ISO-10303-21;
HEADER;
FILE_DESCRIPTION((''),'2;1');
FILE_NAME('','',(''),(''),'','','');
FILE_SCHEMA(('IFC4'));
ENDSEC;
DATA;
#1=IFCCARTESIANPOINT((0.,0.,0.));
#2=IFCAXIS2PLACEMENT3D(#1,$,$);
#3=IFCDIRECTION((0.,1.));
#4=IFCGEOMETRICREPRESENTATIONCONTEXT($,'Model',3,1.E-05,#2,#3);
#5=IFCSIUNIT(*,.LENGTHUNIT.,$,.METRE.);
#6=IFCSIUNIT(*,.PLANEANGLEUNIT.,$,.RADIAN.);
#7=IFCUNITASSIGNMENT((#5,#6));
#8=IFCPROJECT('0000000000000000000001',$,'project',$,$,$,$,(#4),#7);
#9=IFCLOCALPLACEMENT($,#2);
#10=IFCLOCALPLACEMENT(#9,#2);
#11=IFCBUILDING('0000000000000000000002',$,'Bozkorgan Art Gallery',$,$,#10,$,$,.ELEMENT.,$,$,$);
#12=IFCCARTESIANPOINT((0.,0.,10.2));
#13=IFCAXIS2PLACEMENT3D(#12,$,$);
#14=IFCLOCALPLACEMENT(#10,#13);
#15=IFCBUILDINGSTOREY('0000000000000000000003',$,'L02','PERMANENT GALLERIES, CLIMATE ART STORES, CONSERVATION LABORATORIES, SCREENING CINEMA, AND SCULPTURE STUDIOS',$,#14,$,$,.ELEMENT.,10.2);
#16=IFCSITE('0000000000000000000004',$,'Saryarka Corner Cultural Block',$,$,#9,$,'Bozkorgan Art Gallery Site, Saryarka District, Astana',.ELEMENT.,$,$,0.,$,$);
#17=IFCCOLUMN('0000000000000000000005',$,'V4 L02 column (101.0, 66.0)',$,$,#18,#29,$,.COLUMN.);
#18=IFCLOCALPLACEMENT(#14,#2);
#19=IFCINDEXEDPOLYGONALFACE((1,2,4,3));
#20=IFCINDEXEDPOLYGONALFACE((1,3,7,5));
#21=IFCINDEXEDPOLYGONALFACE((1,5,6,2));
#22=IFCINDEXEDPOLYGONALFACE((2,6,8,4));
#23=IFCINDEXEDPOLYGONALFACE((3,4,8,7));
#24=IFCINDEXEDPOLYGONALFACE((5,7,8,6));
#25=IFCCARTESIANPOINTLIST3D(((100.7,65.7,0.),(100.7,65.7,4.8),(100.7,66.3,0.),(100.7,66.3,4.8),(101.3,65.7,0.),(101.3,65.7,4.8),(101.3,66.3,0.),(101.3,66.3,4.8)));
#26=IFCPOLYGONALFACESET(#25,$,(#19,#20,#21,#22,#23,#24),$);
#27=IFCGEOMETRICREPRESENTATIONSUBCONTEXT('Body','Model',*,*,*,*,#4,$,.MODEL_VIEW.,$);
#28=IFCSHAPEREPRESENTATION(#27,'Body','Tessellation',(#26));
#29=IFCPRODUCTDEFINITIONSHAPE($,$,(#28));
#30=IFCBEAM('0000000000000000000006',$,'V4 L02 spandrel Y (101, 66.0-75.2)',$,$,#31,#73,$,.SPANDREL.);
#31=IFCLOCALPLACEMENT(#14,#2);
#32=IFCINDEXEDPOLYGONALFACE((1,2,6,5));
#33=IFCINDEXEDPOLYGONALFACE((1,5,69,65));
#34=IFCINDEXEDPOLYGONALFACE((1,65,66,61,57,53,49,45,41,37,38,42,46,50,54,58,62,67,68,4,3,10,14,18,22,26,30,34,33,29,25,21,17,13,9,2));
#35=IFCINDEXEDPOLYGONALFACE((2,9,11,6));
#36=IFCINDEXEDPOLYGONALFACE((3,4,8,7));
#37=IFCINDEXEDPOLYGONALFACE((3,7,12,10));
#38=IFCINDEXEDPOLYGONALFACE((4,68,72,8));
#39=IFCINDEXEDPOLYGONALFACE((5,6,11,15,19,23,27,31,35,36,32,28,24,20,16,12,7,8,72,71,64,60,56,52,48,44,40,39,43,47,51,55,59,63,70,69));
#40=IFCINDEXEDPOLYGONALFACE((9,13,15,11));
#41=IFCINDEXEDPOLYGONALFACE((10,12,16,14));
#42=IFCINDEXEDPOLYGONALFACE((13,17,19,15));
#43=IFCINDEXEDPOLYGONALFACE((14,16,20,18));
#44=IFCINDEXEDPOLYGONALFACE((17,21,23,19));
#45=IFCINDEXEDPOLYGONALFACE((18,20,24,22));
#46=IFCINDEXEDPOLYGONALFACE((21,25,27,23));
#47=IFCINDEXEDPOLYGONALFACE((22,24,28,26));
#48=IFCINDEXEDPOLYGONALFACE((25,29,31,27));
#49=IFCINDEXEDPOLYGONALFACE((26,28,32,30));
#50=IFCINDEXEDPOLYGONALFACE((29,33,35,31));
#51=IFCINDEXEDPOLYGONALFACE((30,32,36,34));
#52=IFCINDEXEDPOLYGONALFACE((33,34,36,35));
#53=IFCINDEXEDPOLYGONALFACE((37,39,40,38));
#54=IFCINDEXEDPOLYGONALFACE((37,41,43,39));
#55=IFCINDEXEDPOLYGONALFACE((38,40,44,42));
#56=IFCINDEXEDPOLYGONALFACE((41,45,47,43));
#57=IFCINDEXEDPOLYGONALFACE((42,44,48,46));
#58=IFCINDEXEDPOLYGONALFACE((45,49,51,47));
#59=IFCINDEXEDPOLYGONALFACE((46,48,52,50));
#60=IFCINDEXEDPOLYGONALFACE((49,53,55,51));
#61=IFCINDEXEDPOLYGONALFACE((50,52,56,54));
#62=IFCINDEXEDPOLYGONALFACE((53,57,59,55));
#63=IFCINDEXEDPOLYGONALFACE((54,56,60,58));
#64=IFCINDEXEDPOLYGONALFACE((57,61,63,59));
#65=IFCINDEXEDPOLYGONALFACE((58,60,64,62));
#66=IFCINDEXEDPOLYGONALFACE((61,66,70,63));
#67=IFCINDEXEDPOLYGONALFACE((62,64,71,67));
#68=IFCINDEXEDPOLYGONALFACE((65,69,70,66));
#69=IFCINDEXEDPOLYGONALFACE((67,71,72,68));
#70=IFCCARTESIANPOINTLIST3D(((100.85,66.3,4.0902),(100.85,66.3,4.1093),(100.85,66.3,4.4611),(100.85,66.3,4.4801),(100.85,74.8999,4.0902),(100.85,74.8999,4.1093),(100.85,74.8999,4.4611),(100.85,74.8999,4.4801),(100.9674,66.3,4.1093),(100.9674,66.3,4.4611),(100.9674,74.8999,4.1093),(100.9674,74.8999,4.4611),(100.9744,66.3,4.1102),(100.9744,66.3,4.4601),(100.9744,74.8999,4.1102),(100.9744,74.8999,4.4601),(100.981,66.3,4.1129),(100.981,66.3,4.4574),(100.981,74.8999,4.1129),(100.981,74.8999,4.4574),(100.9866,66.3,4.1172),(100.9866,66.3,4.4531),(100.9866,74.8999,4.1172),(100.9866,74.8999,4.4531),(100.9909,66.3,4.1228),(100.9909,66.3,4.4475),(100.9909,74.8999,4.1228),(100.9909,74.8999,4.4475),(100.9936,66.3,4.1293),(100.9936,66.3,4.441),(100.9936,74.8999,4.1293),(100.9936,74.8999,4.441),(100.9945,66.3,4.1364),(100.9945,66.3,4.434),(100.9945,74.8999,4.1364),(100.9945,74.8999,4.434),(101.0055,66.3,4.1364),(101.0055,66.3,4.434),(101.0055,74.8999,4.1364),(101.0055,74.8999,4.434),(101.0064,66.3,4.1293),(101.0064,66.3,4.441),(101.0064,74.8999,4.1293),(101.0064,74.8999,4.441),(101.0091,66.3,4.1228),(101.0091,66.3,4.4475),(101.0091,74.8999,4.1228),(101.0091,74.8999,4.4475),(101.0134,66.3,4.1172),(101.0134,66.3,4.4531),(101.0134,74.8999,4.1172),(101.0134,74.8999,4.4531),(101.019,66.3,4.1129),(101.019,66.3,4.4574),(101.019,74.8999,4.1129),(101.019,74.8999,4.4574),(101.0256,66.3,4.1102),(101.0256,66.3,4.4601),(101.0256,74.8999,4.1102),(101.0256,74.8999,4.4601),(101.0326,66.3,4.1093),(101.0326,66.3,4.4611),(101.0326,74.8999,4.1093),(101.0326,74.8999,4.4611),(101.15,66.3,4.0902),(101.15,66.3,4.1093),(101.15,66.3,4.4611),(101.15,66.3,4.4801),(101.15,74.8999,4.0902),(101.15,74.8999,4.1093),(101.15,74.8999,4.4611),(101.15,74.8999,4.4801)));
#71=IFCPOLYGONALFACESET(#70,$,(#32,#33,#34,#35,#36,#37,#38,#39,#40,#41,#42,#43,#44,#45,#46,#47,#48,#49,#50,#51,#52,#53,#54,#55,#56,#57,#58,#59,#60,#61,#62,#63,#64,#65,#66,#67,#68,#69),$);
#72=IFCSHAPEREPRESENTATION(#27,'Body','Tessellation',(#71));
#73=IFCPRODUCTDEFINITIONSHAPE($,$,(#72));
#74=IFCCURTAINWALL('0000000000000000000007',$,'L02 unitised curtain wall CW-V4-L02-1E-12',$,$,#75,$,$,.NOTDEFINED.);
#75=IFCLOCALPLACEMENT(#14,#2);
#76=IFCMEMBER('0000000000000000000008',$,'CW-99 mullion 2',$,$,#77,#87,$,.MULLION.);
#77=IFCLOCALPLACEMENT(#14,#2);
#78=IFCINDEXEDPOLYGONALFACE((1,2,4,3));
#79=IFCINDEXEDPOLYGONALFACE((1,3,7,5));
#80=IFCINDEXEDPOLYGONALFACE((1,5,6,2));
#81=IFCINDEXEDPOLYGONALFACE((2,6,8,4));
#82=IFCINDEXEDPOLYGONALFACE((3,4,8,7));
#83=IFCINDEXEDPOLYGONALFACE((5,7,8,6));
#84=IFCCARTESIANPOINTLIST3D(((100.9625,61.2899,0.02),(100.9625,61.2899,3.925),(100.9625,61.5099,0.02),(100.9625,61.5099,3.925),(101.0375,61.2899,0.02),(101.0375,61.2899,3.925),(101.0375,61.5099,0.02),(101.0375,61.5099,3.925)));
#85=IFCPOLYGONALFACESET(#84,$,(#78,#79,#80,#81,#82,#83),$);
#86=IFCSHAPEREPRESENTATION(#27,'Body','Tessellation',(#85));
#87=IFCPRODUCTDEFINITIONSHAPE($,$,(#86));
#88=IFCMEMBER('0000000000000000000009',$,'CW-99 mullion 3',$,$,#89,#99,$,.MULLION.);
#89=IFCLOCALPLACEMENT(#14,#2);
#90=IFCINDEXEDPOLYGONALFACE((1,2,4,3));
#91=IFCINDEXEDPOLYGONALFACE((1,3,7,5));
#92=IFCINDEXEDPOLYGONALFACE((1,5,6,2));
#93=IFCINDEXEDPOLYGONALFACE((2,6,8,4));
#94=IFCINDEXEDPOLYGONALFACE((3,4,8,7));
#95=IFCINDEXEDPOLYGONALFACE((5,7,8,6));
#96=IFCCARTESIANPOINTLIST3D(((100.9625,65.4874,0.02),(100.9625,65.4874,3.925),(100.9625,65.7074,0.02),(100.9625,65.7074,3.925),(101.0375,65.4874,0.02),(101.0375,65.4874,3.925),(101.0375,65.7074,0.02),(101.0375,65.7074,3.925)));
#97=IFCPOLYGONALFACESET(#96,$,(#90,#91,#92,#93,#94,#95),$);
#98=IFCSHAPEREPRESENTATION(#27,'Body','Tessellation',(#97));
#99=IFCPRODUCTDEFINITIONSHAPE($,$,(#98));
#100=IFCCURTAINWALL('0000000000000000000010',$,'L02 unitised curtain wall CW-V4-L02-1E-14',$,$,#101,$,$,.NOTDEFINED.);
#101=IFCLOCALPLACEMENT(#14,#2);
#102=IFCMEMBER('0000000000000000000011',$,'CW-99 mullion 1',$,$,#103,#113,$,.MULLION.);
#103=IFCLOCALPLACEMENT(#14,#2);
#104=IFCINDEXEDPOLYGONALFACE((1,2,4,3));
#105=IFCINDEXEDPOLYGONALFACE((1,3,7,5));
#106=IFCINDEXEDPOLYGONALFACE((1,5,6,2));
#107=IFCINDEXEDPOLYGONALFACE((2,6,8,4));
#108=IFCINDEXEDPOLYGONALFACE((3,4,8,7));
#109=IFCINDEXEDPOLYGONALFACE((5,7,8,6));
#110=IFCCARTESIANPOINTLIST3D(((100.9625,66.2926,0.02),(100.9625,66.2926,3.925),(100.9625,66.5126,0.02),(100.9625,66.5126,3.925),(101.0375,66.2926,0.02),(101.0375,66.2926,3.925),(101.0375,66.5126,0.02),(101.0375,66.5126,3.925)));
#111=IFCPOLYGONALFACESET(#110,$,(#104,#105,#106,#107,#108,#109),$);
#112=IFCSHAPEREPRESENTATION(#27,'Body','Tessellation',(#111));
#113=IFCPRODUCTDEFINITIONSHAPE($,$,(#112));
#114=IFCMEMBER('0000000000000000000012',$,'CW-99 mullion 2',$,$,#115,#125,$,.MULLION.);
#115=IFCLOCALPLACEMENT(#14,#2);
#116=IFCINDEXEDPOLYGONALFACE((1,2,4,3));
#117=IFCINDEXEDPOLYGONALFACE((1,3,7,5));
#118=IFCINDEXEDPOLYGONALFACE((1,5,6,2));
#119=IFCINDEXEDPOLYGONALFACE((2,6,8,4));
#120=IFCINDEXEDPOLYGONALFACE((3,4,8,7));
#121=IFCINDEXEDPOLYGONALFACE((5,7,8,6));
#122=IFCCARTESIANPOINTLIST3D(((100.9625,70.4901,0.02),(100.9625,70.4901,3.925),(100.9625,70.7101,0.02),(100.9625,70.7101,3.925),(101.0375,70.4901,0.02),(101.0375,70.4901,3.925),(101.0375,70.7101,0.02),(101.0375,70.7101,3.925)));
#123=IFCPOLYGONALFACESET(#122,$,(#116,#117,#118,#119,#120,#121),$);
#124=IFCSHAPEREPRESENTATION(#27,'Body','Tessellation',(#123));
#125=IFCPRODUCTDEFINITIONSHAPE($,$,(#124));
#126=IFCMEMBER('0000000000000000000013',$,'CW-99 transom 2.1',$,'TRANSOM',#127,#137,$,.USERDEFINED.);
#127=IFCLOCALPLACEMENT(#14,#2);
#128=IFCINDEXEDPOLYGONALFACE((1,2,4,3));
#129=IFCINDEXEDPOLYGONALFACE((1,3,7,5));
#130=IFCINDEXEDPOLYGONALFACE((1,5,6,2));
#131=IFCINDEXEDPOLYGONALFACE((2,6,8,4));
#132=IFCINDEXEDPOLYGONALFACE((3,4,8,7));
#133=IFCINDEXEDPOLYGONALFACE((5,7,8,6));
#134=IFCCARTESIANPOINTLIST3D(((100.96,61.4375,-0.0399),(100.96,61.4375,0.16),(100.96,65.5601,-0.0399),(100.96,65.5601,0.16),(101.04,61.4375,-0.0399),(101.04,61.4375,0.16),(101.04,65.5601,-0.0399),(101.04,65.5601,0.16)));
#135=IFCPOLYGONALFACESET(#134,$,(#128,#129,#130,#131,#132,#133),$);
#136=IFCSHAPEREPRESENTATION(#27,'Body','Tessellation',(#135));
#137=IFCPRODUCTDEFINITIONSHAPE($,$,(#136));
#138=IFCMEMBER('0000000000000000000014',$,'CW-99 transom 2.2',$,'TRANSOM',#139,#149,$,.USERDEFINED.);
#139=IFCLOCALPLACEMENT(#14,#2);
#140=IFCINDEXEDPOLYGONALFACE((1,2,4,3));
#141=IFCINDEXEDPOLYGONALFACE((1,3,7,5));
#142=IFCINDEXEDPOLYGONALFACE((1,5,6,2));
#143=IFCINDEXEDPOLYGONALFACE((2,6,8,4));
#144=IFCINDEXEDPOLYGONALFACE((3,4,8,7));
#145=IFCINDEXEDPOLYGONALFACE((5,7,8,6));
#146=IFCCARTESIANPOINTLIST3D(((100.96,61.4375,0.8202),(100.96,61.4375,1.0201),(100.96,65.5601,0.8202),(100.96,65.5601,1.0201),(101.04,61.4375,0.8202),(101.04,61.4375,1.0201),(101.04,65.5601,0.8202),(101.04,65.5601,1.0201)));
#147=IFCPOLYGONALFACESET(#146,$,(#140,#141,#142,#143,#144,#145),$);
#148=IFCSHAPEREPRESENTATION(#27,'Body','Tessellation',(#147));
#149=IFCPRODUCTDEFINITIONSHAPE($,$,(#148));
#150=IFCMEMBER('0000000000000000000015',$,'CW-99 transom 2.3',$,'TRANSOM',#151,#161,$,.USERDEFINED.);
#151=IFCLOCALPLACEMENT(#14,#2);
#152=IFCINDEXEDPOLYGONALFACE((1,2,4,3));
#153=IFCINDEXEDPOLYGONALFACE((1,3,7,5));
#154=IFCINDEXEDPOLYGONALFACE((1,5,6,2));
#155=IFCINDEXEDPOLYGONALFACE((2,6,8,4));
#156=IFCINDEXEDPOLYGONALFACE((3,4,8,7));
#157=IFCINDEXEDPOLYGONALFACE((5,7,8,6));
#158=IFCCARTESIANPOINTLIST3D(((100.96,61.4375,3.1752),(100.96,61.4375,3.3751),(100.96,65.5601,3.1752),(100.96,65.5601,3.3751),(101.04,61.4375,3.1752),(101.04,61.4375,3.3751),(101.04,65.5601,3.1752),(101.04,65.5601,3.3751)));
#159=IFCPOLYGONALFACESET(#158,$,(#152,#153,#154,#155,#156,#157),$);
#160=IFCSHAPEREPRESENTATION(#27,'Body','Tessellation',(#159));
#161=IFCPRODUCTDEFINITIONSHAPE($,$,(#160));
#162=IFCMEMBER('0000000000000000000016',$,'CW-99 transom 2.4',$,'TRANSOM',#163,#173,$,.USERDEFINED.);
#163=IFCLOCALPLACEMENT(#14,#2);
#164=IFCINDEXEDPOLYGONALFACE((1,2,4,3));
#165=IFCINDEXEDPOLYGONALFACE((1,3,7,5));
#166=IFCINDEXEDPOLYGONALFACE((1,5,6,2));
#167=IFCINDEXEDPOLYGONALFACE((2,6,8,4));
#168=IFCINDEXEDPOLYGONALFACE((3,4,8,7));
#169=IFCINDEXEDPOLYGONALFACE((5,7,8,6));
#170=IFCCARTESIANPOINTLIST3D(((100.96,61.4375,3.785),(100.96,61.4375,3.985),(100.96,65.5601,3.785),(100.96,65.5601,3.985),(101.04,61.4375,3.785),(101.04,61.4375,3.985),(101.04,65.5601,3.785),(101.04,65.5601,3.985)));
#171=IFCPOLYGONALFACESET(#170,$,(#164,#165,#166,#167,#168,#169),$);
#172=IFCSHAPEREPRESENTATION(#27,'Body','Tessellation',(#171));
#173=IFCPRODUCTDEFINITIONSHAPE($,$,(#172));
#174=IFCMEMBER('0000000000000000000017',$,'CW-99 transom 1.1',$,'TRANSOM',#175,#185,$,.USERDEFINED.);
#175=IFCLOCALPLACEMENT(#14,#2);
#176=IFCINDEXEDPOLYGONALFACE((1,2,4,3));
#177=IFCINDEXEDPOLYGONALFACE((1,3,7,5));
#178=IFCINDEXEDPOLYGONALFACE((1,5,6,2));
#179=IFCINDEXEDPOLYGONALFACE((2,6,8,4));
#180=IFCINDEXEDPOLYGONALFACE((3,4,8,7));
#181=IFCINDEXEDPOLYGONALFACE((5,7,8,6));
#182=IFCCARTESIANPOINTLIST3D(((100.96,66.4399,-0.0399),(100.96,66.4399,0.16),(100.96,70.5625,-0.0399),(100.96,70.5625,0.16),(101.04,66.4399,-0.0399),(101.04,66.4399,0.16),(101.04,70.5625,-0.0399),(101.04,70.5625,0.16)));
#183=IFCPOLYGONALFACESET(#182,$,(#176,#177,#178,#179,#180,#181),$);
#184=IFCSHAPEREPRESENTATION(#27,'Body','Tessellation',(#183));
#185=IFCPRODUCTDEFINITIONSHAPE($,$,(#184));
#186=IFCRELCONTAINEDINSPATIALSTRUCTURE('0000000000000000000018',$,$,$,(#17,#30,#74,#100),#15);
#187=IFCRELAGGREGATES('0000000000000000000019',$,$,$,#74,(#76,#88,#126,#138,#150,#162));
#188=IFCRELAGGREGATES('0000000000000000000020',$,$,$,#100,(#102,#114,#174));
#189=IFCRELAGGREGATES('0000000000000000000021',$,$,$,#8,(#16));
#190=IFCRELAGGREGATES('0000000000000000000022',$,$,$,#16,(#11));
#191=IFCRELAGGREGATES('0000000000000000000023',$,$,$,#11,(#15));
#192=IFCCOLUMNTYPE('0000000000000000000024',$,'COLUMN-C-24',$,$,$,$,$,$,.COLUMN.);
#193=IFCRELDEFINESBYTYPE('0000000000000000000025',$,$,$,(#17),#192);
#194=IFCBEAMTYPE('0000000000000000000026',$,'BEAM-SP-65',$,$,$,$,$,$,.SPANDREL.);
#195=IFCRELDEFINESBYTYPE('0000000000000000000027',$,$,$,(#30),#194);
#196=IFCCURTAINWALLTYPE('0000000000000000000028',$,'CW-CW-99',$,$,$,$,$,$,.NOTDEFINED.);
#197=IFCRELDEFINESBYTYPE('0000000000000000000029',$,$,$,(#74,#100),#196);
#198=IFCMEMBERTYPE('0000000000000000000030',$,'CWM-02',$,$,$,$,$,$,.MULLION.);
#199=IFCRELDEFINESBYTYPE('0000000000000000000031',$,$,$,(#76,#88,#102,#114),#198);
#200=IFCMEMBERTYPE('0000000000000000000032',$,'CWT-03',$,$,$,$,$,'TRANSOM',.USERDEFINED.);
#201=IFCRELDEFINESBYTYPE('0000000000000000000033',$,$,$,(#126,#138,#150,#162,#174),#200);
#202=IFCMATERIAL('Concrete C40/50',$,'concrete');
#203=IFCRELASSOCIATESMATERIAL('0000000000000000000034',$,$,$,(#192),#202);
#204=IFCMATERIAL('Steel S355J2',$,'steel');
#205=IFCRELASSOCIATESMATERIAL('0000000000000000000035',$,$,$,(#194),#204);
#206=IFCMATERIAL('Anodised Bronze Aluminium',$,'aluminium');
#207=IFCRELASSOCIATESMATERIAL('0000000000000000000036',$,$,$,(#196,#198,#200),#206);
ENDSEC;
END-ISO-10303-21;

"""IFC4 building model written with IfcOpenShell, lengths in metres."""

from ifc_helpers import new_model, si_unit, direction, frame, origin, origin_2d, place, context, subcontext, project, spatial, rectangle, i_section, extrude, material, material_profile, profile_set, type_object, element, aggregate, save


model = new_model("IFC4")

# Units and contexts
model_context = context("Model", 3, precision=1e-05, world=origin(), true_north=direction((0.0, 1.0)))
body_context = subcontext(model_context, "Body", "Model", "MODEL_VIEW")
ifc_project = project(units=[si_unit("LENGTHUNIT", "METRE"), si_unit("PLANEANGLEUNIT", "RADIAN")], contexts=[model_context])

# Site, building, storey
site_placement = place(None, origin())
site = spatial("IfcSite", under=ifc_project, at=site_placement, Name="Saryarka Corner Cultural Block", LongName="Bozkorgan Art Gallery Site, Saryarka District, Astana", CompositionType="ELEMENT", RefElevation=0.0)
building_placement = place(site_placement, origin())
building = spatial("IfcBuilding", under=site, at=building_placement, Name="Bozkorgan Art Gallery", CompositionType="ELEMENT")
storey_placement = place(building_placement, frame((0.0, 0.0, 10.2)))
storey = spatial("IfcBuildingStorey", under=building, at=storey_placement, Name="L02", Description="PERMANENT GALLERIES, CLIMATE ART STORES, CONSERVATION LABORATORIES, SCREENING CINEMA, AND SCULPTURE STUDIOS", CompositionType="ELEMENT", Elevation=10.2)

# Column
ifc_material_1 = material(Name="Concrete C40/50", Category="concrete")
ifc_material_profile_1 = material_profile(ifc_material_1, rectangle(XDim=0.6001, YDim=0.6001, at=origin_2d()), Name="RC 600x600")
ifc_profile_set_1 = profile_set([ifc_material_profile_1], Name="Concrete C40/50")
column_type = type_object("IfcColumnType", Name="COLUMN-C-24", PredefinedType="COLUMN", material=ifc_profile_set_1)
column_placement = place(storey_placement, frame((101.0, 66.0, 0.0), z_axis=(0.0, 0.0, 1.0), x_axis=(1.0, 0.0, 0.0)))
element("IfcColumn", 1, at=column_placement, inside=storey, type_object=column_type, Name="V4 L02 column (101.0, 66.0)", PredefinedType="COLUMN", context=body_context, shape_type="SweptSolid", body=[
    extrude(rectangle(XDim=0.6001, YDim=0.6001, at=origin_2d()), origin(), (0.0, 0.0, 1.0), 4.8),
])

# Beam
ifc_material_2 = material(Name="Steel S355J2", Category="steel")
ifc_material_profile_2 = material_profile(ifc_material_2, i_section(OverallWidth=0.3, OverallDepth=0.3899, WebThickness=0.011, FlangeThickness=0.019, FilletRadius=0.0271, at=origin_2d()), Name="HEA 400")
ifc_profile_set_2 = profile_set([ifc_material_profile_2], Name="Steel S355J2")
beam_type = type_object("IfcBeamType", Name="BEAM-SP-65", PredefinedType="SPANDREL", material=ifc_profile_set_2)
beam_placement = place(storey_placement, frame((101.0, 66.3, 4.2852), z_axis=(0.0, 1.0, 0.0), x_axis=(-1.0, 0.0, 0.0)))
element("IfcBeam", 2, at=beam_placement, inside=storey, type_object=beam_type, Name="V4 L02 spandrel Y (101, 66.0-75.2)", PredefinedType="SPANDREL", context=body_context, shape_type="SweptSolid", body=[
    extrude(i_section(OverallWidth=0.3, OverallDepth=0.3899, WebThickness=0.011, FlangeThickness=0.019, FilletRadius=0.0271, at=origin_2d()), origin(), (0.0, 0.0, 1.0), 8.5999),
])

# Curtain walls, members
ifc_material_3 = material(Name="Anodised Bronze Aluminium", Category="aluminium")
curtain_wall_type = type_object("IfcCurtainWallType", Name="CW-CW-99", PredefinedType="NOTDEFINED", material=ifc_material_3)
curtain_wall_1_placement = place(storey_placement, origin())
curtain_wall_1 = element("IfcCurtainWall", 3, at=curtain_wall_1_placement, inside=storey, type_object=curtain_wall_type, Name="L02 unitised curtain wall CW-V4-L02-1E-12", PredefinedType="NOTDEFINED")
ifc_material_profile_3 = material_profile(ifc_material_3, rectangle(XDim=0.075, YDim=0.22, at=origin_2d()), Name="ALU MULLION 75x220")
ifc_profile_set_3 = profile_set([ifc_material_profile_3], Name="Anodised Bronze Aluminium")
member_type_1 = type_object("IfcMemberType", Name="CWM-02", PredefinedType="MULLION", material=ifc_profile_set_3)
member_1_placement = place(storey_placement, frame((101.0, 61.3999, 0.02), z_axis=(0.0, 0.0, 1.0), x_axis=(-1.0, 0.0, 0.0)))
member_1 = element("IfcMember", 4, at=member_1_placement, type_object=member_type_1, Name="CW-99 mullion 2", PredefinedType="MULLION", context=body_context, shape_type="SweptSolid", body=[
    extrude(rectangle(XDim=0.075, YDim=0.22, at=origin_2d()), origin(), (0.0, 0.0, 1.0), 3.905),
])
member_2_placement = place(storey_placement, frame((101.0, 65.5974, 0.02), z_axis=(0.0, 0.0, 1.0), x_axis=(-1.0, 0.0, 0.0)))
member_2 = element("IfcMember", 5, at=member_2_placement, type_object=member_type_1, Name="CW-99 mullion 3", PredefinedType="MULLION", context=body_context, shape_type="SweptSolid", body=[
    extrude(rectangle(XDim=0.075, YDim=0.22, at=origin_2d()), origin(), (0.0, 0.0, 1.0), 3.905),
])
curtain_wall_2_placement = place(storey_placement, origin())
curtain_wall_2 = element("IfcCurtainWall", 6, at=curtain_wall_2_placement, inside=storey, type_object=curtain_wall_type, Name="L02 unitised curtain wall CW-V4-L02-1E-14", PredefinedType="NOTDEFINED")
member_3_placement = place(storey_placement, frame((101.0, 66.4026, 0.02), z_axis=(0.0, 0.0, 1.0), x_axis=(-1.0, 0.0, 0.0)))
member_3 = element("IfcMember", 7, at=member_3_placement, type_object=member_type_1, Name="CW-99 mullion 1", PredefinedType="MULLION", context=body_context, shape_type="SweptSolid", body=[
    extrude(rectangle(XDim=0.075, YDim=0.22, at=origin_2d()), origin(), (0.0, 0.0, 1.0), 3.905),
])
member_4_placement = place(storey_placement, frame((101.0, 70.6001, 0.02), z_axis=(0.0, 0.0, 1.0), x_axis=(-1.0, 0.0, 0.0)))
member_4 = element("IfcMember", 8, at=member_4_placement, type_object=member_type_1, Name="CW-99 mullion 2", PredefinedType="MULLION", context=body_context, shape_type="SweptSolid", body=[
    extrude(rectangle(XDim=0.075, YDim=0.22, at=origin_2d()), origin(), (0.0, 0.0, 1.0), 3.905),
])

# Members
ifc_material_profile_4 = material_profile(ifc_material_3, rectangle(XDim=0.0801, YDim=0.2, at=origin_2d()), Name="ALU TRANSOM 80x200")
ifc_profile_set_4 = profile_set([ifc_material_profile_4], Name="Anodised Bronze Aluminium")
member_type_2 = type_object("IfcMemberType", Name="CWT-03", ElementType="TRANSOM", PredefinedType="USERDEFINED", material=ifc_profile_set_4)
member_5_placement = place(storey_placement, frame((101.0, 61.4375, 0.0601), z_axis=(0.0, 1.0, 0.0), x_axis=(-1.0, 0.0, 0.0)))
member_5 = element("IfcMember", 9, at=member_5_placement, type_object=member_type_2, Name="CW-99 transom 2.1", ObjectType="TRANSOM", PredefinedType="USERDEFINED", context=body_context, shape_type="SweptSolid", body=[
    extrude(rectangle(XDim=0.0801, YDim=0.2, at=origin_2d()), origin(), (0.0, 0.0, 1.0), 4.1226),
])
member_6_placement = place(storey_placement, frame((101.0, 61.4375, 0.9202), z_axis=(0.0, 1.0, 0.0), x_axis=(-1.0, 0.0, 0.0)))
member_6 = element("IfcMember", 10, at=member_6_placement, type_object=member_type_2, Name="CW-99 transom 2.2", ObjectType="TRANSOM", PredefinedType="USERDEFINED", context=body_context, shape_type="SweptSolid", body=[
    extrude(rectangle(XDim=0.0801, YDim=0.2, at=origin_2d()), origin(), (0.0, 0.0, 1.0), 4.1226),
])
member_7_placement = place(storey_placement, frame((101.0, 61.4375, 3.2751), z_axis=(0.0, 1.0, 0.0), x_axis=(-1.0, 0.0, 0.0)))
member_7 = element("IfcMember", 11, at=member_7_placement, type_object=member_type_2, Name="CW-99 transom 2.3", ObjectType="TRANSOM", PredefinedType="USERDEFINED", context=body_context, shape_type="SweptSolid", body=[
    extrude(rectangle(XDim=0.0801, YDim=0.2, at=origin_2d()), origin(), (0.0, 0.0, 1.0), 4.1226),
])
member_8_placement = place(storey_placement, frame((101.0, 61.4375, 3.885), z_axis=(0.0, 1.0, 0.0), x_axis=(-1.0, 0.0, 0.0)))
member_8 = element("IfcMember", 12, at=member_8_placement, type_object=member_type_2, Name="CW-99 transom 2.4", ObjectType="TRANSOM", PredefinedType="USERDEFINED", context=body_context, shape_type="SweptSolid", body=[
    extrude(rectangle(XDim=0.0801, YDim=0.2, at=origin_2d()), origin(), (0.0, 0.0, 1.0), 4.1226),
])
member_9_placement = place(storey_placement, frame((101.0, 66.4399, 0.0601), z_axis=(0.0, 1.0, 0.0), x_axis=(-1.0, 0.0, 0.0)))
member_9 = element("IfcMember", 13, at=member_9_placement, type_object=member_type_2, Name="CW-99 transom 1.1", ObjectType="TRANSOM", PredefinedType="USERDEFINED", context=body_context, shape_type="SweptSolid", body=[
    extrude(rectangle(XDim=0.0801, YDim=0.2, at=origin_2d()), origin(), (0.0, 0.0, 1.0), 4.1226),
])

aggregate(curtain_wall_1, [member_1, member_2, member_5, member_6, member_7, member_8])
aggregate(curtain_wall_2, [member_3, member_4, member_9])

save(model, "model.ifc")
